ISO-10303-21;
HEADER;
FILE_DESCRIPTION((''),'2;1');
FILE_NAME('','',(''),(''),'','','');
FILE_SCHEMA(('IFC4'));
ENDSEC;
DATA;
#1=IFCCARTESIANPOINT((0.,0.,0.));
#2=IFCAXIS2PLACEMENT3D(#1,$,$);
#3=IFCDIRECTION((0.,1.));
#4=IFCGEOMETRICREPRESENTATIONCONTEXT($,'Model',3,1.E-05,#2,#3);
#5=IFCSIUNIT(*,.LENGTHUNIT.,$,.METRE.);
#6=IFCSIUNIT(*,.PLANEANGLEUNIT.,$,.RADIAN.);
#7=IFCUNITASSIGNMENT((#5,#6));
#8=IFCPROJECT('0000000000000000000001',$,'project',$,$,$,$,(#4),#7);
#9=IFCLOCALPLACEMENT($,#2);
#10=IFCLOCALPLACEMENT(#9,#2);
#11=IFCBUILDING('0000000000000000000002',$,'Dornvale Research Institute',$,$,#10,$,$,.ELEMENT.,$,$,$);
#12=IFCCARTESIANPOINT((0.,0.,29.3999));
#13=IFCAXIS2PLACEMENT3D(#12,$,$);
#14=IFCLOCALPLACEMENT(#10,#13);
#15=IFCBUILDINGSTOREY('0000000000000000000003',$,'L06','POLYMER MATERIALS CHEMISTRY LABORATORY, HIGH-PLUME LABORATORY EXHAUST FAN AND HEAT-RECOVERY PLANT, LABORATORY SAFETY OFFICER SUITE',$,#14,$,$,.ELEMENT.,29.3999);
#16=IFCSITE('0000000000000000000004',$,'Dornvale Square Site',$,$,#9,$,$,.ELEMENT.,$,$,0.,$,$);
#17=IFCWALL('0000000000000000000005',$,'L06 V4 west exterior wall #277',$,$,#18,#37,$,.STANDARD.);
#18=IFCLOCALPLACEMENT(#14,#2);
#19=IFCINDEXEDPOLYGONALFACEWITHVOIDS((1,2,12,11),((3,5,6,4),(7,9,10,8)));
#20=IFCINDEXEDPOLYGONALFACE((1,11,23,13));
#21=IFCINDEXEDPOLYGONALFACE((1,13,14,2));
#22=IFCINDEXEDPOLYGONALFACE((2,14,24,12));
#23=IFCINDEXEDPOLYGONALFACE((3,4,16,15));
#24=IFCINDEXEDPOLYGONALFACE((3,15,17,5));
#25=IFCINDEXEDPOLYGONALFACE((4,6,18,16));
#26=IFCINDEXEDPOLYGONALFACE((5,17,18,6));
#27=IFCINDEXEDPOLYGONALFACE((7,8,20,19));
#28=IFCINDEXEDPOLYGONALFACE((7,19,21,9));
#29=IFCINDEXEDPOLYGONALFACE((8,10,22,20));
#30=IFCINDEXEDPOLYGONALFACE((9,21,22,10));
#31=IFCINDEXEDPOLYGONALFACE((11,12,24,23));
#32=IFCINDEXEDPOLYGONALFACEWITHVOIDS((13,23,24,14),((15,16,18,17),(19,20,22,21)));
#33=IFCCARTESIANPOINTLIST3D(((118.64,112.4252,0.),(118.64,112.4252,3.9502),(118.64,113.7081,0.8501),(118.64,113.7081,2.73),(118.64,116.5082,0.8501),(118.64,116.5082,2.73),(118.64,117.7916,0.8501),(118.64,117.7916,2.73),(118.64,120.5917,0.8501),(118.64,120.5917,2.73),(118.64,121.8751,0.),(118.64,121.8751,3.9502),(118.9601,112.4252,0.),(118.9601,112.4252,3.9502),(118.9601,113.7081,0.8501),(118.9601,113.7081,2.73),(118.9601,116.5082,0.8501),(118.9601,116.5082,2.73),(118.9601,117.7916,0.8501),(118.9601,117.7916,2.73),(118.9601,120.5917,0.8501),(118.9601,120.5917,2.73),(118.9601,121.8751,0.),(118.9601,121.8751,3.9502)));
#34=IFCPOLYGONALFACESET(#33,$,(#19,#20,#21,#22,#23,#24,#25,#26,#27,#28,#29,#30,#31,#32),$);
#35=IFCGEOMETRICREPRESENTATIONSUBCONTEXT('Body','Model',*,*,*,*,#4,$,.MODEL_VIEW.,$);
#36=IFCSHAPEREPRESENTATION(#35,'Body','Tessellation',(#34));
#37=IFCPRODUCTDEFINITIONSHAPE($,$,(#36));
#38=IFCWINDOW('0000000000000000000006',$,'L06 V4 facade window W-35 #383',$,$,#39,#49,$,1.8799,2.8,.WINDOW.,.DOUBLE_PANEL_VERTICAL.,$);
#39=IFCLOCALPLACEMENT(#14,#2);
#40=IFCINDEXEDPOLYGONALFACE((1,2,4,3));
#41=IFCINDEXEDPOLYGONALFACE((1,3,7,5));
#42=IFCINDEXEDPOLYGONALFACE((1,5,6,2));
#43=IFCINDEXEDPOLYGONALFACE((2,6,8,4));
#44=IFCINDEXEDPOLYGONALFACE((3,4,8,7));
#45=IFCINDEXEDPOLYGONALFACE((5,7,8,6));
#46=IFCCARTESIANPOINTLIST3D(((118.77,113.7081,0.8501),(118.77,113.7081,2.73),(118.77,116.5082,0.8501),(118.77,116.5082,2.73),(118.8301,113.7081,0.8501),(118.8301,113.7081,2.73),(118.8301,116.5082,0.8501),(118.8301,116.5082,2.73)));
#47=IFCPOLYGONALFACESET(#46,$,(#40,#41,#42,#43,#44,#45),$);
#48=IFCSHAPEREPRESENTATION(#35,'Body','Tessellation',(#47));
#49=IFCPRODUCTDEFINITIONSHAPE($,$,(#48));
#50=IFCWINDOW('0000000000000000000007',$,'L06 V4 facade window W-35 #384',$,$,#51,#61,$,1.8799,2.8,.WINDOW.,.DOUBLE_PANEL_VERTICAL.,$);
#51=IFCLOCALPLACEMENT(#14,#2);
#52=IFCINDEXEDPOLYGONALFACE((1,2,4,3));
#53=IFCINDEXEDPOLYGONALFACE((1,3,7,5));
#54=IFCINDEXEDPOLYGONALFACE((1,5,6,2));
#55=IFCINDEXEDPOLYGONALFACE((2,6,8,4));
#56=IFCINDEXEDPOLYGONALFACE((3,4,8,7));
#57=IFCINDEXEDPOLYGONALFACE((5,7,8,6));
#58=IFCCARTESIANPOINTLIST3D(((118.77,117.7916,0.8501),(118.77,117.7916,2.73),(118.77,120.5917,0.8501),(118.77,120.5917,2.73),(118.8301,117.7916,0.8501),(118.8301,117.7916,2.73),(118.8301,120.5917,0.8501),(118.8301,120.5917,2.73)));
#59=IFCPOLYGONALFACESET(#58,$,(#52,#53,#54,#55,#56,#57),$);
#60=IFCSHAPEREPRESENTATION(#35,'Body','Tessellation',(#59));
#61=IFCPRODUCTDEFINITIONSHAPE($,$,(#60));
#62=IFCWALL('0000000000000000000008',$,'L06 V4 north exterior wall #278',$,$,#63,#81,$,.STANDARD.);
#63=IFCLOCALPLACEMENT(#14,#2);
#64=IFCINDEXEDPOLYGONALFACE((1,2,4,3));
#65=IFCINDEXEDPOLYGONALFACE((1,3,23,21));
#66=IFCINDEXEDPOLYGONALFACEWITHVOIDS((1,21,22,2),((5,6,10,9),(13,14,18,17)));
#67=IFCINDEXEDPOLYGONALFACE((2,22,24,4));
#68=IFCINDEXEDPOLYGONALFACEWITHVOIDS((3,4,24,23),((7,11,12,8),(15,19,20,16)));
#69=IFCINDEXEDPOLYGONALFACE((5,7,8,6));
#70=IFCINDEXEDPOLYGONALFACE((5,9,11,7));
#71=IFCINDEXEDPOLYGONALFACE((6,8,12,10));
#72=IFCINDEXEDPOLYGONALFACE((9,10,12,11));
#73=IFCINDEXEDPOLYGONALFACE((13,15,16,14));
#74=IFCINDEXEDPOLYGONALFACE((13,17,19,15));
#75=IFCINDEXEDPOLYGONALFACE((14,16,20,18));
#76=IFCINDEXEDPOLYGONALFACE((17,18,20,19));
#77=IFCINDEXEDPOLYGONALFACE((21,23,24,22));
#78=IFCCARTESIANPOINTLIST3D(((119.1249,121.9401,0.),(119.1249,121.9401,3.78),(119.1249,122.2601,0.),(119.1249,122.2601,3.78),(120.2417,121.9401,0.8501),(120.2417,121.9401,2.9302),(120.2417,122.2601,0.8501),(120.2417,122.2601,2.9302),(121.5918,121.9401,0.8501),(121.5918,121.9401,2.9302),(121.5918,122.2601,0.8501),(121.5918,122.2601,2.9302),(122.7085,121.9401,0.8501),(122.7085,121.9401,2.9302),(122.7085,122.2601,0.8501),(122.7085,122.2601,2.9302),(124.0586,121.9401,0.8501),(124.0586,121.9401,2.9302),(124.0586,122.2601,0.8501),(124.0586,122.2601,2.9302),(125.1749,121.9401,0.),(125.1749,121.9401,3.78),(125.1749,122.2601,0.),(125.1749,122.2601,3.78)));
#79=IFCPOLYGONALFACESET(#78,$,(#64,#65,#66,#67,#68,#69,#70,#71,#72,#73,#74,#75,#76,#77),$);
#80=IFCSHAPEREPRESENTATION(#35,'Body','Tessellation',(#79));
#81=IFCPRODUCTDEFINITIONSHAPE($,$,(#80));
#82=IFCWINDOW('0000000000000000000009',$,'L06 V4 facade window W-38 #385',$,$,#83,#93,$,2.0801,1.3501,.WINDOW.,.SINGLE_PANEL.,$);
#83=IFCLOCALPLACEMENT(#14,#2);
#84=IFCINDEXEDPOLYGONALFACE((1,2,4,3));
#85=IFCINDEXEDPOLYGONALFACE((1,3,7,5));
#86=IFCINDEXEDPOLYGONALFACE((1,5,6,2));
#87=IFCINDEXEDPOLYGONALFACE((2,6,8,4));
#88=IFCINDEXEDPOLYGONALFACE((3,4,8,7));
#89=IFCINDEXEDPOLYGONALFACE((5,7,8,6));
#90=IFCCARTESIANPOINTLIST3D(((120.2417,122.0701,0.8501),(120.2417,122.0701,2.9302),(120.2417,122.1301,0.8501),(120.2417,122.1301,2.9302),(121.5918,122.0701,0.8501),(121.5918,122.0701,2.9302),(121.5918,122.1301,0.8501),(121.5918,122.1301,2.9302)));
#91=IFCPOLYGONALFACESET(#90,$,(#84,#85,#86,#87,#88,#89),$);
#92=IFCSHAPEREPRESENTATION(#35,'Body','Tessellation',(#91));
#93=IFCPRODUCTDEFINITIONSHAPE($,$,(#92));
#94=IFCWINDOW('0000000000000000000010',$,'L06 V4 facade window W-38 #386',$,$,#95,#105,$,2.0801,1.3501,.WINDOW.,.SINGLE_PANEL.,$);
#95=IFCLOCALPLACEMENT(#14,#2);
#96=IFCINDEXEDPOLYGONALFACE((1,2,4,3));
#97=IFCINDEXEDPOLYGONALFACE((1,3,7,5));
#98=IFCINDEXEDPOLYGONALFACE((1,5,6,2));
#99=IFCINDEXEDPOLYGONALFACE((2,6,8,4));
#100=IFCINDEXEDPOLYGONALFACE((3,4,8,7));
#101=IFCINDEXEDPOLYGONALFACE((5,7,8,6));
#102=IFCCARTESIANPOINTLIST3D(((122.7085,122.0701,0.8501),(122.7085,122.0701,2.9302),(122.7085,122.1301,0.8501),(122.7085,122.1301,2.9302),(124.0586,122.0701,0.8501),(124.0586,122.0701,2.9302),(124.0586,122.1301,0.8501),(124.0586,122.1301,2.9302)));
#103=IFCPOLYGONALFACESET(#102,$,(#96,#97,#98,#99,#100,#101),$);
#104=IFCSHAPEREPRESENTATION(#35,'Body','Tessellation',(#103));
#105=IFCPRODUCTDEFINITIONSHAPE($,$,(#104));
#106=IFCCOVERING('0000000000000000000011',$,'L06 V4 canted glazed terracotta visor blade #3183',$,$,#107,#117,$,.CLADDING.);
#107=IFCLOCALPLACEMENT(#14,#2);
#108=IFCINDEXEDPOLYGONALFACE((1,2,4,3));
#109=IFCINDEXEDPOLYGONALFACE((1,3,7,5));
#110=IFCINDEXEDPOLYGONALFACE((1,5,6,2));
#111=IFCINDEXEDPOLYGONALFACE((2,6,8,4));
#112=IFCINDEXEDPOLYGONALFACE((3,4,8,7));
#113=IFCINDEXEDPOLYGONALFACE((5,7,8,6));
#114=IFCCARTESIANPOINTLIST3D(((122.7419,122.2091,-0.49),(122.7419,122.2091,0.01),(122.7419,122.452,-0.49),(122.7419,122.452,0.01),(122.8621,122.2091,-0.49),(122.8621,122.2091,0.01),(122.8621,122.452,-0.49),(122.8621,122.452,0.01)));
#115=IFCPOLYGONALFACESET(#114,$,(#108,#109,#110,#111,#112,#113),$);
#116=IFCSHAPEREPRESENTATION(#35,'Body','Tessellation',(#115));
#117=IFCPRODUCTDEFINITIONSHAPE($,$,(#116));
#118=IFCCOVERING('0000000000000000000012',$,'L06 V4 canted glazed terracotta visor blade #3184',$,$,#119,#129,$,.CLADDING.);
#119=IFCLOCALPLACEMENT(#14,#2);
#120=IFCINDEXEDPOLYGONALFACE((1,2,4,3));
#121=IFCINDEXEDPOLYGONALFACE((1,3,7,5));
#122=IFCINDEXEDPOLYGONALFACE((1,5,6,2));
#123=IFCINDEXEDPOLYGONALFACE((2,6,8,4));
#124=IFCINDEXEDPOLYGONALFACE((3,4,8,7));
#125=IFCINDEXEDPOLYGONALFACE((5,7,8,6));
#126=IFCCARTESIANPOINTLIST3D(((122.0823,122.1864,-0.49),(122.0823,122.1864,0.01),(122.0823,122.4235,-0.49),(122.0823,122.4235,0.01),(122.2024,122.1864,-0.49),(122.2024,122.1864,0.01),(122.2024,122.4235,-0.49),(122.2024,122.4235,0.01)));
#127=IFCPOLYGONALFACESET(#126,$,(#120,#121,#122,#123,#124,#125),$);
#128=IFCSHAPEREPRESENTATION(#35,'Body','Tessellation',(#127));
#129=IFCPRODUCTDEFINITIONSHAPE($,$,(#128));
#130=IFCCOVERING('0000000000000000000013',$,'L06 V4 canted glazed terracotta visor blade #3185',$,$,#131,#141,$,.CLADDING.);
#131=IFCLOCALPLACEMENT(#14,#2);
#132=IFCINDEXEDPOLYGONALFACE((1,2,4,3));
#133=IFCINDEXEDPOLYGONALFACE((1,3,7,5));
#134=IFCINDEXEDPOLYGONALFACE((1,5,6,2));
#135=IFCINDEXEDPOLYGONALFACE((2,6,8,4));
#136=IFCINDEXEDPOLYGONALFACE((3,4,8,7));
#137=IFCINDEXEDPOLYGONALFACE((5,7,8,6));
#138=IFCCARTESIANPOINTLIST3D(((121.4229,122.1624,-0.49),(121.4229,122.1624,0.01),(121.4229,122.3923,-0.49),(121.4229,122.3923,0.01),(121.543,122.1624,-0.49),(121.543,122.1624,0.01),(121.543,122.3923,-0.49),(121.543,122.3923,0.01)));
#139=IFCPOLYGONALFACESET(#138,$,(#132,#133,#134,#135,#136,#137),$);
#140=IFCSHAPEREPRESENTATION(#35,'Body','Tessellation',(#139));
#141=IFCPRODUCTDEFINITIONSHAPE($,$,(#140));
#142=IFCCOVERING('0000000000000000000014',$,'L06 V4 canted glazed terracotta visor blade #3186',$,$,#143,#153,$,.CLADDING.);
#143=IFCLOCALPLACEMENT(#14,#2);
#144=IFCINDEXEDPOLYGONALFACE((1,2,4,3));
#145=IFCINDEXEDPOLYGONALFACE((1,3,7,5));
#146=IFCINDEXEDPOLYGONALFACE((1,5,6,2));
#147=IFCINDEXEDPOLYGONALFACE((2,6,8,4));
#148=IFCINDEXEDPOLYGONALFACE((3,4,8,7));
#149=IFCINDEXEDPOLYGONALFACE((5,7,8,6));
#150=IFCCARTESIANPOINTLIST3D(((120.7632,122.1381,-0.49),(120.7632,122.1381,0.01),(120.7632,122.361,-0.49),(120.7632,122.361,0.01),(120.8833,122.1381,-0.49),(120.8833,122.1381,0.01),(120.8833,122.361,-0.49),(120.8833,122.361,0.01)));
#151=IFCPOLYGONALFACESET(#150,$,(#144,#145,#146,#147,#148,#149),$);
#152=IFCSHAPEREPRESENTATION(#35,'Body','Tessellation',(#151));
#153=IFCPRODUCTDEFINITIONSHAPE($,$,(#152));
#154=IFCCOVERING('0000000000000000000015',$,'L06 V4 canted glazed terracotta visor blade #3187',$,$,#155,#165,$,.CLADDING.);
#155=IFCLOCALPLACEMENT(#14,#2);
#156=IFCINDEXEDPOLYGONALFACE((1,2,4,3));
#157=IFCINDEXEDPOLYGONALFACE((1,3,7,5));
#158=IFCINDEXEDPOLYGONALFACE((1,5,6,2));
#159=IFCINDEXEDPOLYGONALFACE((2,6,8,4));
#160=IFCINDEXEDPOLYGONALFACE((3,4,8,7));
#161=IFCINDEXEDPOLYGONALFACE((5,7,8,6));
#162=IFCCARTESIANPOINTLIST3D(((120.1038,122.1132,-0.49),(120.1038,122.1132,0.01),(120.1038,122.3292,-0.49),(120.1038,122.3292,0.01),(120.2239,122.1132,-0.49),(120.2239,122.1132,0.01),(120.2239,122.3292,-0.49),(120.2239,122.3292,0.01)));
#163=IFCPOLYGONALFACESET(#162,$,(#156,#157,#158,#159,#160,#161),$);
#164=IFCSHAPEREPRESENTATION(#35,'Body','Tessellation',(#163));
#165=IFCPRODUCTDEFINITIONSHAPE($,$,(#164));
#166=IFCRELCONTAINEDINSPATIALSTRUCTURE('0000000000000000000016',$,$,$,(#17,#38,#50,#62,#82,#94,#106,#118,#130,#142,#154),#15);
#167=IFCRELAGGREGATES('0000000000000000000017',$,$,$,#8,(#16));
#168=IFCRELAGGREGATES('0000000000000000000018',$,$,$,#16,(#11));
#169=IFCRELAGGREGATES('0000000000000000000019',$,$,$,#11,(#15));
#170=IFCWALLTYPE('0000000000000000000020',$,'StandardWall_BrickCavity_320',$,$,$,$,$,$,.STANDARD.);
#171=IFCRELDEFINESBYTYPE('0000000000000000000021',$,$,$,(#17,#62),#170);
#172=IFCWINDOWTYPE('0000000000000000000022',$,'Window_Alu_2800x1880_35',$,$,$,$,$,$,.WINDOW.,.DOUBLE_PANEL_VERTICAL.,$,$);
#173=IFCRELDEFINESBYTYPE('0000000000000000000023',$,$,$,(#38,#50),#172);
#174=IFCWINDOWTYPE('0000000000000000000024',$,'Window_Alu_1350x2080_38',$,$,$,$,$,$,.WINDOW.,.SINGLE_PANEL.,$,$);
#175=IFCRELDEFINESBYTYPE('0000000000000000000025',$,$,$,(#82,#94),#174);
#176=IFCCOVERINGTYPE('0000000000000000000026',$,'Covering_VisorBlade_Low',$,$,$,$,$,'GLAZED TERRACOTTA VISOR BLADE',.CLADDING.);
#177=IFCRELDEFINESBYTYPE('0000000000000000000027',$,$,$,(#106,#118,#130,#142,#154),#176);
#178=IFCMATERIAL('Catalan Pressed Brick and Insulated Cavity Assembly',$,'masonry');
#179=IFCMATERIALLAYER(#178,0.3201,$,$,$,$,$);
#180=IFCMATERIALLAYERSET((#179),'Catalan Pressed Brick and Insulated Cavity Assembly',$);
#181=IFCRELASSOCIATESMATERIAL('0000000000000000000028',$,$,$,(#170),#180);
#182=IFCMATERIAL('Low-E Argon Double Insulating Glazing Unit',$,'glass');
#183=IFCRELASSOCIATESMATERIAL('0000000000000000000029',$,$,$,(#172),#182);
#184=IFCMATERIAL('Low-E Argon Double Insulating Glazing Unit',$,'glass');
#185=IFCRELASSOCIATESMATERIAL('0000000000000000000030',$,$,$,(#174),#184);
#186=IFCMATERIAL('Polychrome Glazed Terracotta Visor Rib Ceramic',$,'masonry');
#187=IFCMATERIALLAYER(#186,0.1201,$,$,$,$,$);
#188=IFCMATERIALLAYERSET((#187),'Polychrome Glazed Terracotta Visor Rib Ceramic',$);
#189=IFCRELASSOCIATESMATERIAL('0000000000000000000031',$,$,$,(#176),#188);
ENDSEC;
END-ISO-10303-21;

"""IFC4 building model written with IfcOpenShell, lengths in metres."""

from ifc_helpers import new_model, si_unit, direction, frame, frame_2d, origin, origin_2d, place, context, subcontext, project, spatial, rectangle, extrude, material, layer, layer_set, type_object, element, fill, save


model = new_model("IFC4")

# Units and contexts
model_context = context("Model", 3, precision=1e-05, world=origin(), true_north=direction((0.0, 1.0)))
body_context = subcontext(model_context, "Body", "Model", "MODEL_VIEW")
ifc_project = project(units=[si_unit("LENGTHUNIT", "METRE"), si_unit("PLANEANGLEUNIT", "RADIAN")], contexts=[model_context])

# Site, building, storey
site_placement = place(None, origin())
site = spatial("IfcSite", under=ifc_project, at=site_placement, Name="Dornvale Square Site", CompositionType="ELEMENT", RefElevation=0.0)
building_placement = place(site_placement, origin())
building = spatial("IfcBuilding", under=site, at=building_placement, Name="Dornvale Research Institute", CompositionType="ELEMENT")
storey_placement = place(building_placement, frame((0.0, 0.0, 29.3999)))
storey = spatial("IfcBuildingStorey", under=building, at=storey_placement, Name="L06", Description="POLYMER MATERIALS CHEMISTRY LABORATORY, HIGH-PLUME LABORATORY EXHAUST FAN AND HEAT-RECOVERY PLANT, LABORATORY SAFETY OFFICER SUITE", CompositionType="ELEMENT", Elevation=29.3999)

# Walls, openings, windows
ifc_material_1 = material(Name="Catalan Pressed Brick and Insulated Cavity Assembly", Category="masonry")
ifc_layer_1 = layer(ifc_material_1, 0.3201)
ifc_layer_set_1 = layer_set([ifc_layer_1], Name="Catalan Pressed Brick and Insulated Cavity Assembly")
wall_type_1 = type_object("IfcWallType", Name="StandardWall_BrickCavity_320", PredefinedType="STANDARD", material=ifc_layer_set_1)
wall_1_placement = place(storey_placement, frame((118.8, 112.425, 0.0), z_axis=(0.0, 0.0, 1.0), x_axis=(0.0, 1.0, 0.0)))
wall_1 = element("IfcWall", 1, at=wall_1_placement, inside=storey, type_object=wall_type_1, Name="L06 V4 west exterior wall #277", PredefinedType="STANDARD", context=body_context, shape_type="SweptSolid", body=[
    extrude(rectangle(XDim=9.45, YDim=0.3201, at=frame_2d((4.7251, 0.0))), origin(), (0.0, 0.0, 1.0), 3.9502),
])
opening_1_placement = place(wall_1_placement, frame((1.2832, 0.0, 0.8501)))
opening_1 = element("IfcOpeningElement", 2, at=opening_1_placement, cuts=wall_1, PredefinedType="OPENING", context=body_context, shape_type="SweptSolid", body=[
    extrude(rectangle(XDim=2.8, YDim=1.8799, at=frame_2d((1.3999, 0.9399))), frame((0.0, 0.175, 0.0), z_axis=(0.0, -1.0, 0.0), x_axis=(1.0, 0.0, 0.0)), (0.0, 0.0, 1.0), 0.3501),
])
opening_2_placement = place(wall_1_placement, frame((5.3667, 0.0, 0.8501)))
opening_2 = element("IfcOpeningElement", 3, at=opening_2_placement, cuts=wall_1, PredefinedType="OPENING", context=body_context, shape_type="SweptSolid", body=[
    extrude(rectangle(XDim=2.8, YDim=1.8799, at=frame_2d((1.3999, 0.9399))), frame((0.0, 0.175, 0.0), z_axis=(0.0, -1.0, 0.0), x_axis=(1.0, 0.0, 0.0)), (0.0, 0.0, 1.0), 0.3501),
])
ifc_material_2 = material(Name="Low-E Argon Double Insulating Glazing Unit", Category="glass")
window_type_1 = type_object("IfcWindowType", Name="Window_Alu_2800x1880_35", PartitioningType="DOUBLE_PANEL_VERTICAL", PredefinedType="WINDOW", material=ifc_material_2)
window_1_placement = place(opening_1_placement, origin())
window_1 = element("IfcWindow", 4, at=window_1_placement, inside=storey, type_object=window_type_1, Name="L06 V4 facade window W-35 #383", OverallHeight=1.8799, OverallWidth=2.8, PartitioningType="DOUBLE_PANEL_VERTICAL", PredefinedType="WINDOW", context=body_context, shape_type="SweptSolid", body=[
    extrude(rectangle(XDim=2.8, YDim=1.8799, at=frame_2d((1.3999, 0.9399))), frame((0.0, 0.03, 0.0), z_axis=(0.0, -1.0, 0.0), x_axis=(1.0, 0.0, 0.0)), (0.0, 0.0, 1.0), 0.0601),
])
fill(opening_1, window_1)
window_2_placement = place(opening_2_placement, origin())
window_2 = element("IfcWindow", 5, at=window_2_placement, inside=storey, type_object=window_type_1, Name="L06 V4 facade window W-35 #384", OverallHeight=1.8799, OverallWidth=2.8, PartitioningType="DOUBLE_PANEL_VERTICAL", PredefinedType="WINDOW", context=body_context, shape_type="SweptSolid", body=[
    extrude(rectangle(XDim=2.8, YDim=1.8799, at=frame_2d((1.3999, 0.9399))), frame((0.0, 0.03, 0.0), z_axis=(0.0, -1.0, 0.0), x_axis=(1.0, 0.0, 0.0)), (0.0, 0.0, 1.0), 0.0601),
])
fill(opening_2, window_2)
wall_2_placement = place(storey_placement, frame((119.125, 122.1001, 0.0), z_axis=(0.0, 0.0, 1.0), x_axis=(1.0, 0.0, 0.0)))
wall_2 = element("IfcWall", 6, at=wall_2_placement, inside=storey, type_object=wall_type_1, Name="L06 V4 north exterior wall #278", PredefinedType="STANDARD", context=body_context, shape_type="SweptSolid", body=[
    extrude(rectangle(XDim=6.05, YDim=0.3201, at=frame_2d((3.0249, 0.0))), origin(), (0.0, 0.0, 1.0), 3.78),
])
opening_3_placement = place(wall_2_placement, frame((1.1167, 0.0, 0.8501)))
opening_3 = element("IfcOpeningElement", 7, at=opening_3_placement, cuts=wall_2, PredefinedType="OPENING", context=body_context, shape_type="SweptSolid", body=[
    extrude(rectangle(XDim=1.3501, YDim=2.0801, at=frame_2d((0.675, 1.04))), frame((0.0, 0.175, 0.0), z_axis=(0.0, -1.0, 0.0), x_axis=(1.0, 0.0, 0.0)), (0.0, 0.0, 1.0), 0.3501),
])
opening_4_placement = place(wall_2_placement, frame((3.5835, 0.0, 0.8501)))
opening_4 = element("IfcOpeningElement", 8, at=opening_4_placement, cuts=wall_2, PredefinedType="OPENING", context=body_context, shape_type="SweptSolid", body=[
    extrude(rectangle(XDim=1.3501, YDim=2.0801, at=frame_2d((0.675, 1.04))), frame((0.0, 0.175, 0.0), z_axis=(0.0, -1.0, 0.0), x_axis=(1.0, 0.0, 0.0)), (0.0, 0.0, 1.0), 0.3501),
])
ifc_material_3 = material(Name="Low-E Argon Double Insulating Glazing Unit", Category="glass")
window_type_2 = type_object("IfcWindowType", Name="Window_Alu_1350x2080_38", PartitioningType="SINGLE_PANEL", PredefinedType="WINDOW", material=ifc_material_3)
window_3_placement = place(opening_3_placement, origin())
window_3 = element("IfcWindow", 9, at=window_3_placement, inside=storey, type_object=window_type_2, Name="L06 V4 facade window W-38 #385", OverallHeight=2.0801, OverallWidth=1.3501, PartitioningType="SINGLE_PANEL", PredefinedType="WINDOW", context=body_context, shape_type="SweptSolid", body=[
    extrude(rectangle(XDim=1.3501, YDim=2.0801, at=frame_2d((0.675, 1.04))), frame((0.0, 0.03, 0.0), z_axis=(0.0, -1.0, 0.0), x_axis=(1.0, 0.0, 0.0)), (0.0, 0.0, 1.0), 0.0601),
])
fill(opening_3, window_3)
window_4_placement = place(opening_4_placement, origin())
window_4 = element("IfcWindow", 10, at=window_4_placement, inside=storey, type_object=window_type_2, Name="L06 V4 facade window W-38 #386", OverallHeight=2.0801, OverallWidth=1.3501, PartitioningType="SINGLE_PANEL", PredefinedType="WINDOW", context=body_context, shape_type="SweptSolid", body=[
    extrude(rectangle(XDim=1.3501, YDim=2.0801, at=frame_2d((0.675, 1.04))), frame((0.0, 0.03, 0.0), z_axis=(0.0, -1.0, 0.0), x_axis=(1.0, 0.0, 0.0)), (0.0, 0.0, 1.0), 0.0601),
])
fill(opening_4, window_4)

# Coverings
ifc_material_4 = material(Name="Polychrome Glazed Terracotta Visor Rib Ceramic", Category="masonry")
ifc_layer_2 = layer(ifc_material_4, 0.1201)
ifc_layer_set_2 = layer_set([ifc_layer_2], Name="Polychrome Glazed Terracotta Visor Rib Ceramic")
covering_type = type_object("IfcCoveringType", Name="Covering_VisorBlade_Low", ElementType="GLAZED TERRACOTTA VISOR BLADE", PredefinedType="CLADDING", material=ifc_layer_set_2)
covering_1_placement = place(storey_placement, frame((122.802, 122.3306, -0.49), z_axis=(0.0, 0.0, 1.0), x_axis=(0.0, 1.0, 0.0)))
element("IfcCovering", 11, at=covering_1_placement, inside=storey, type_object=covering_type, Name="L06 V4 canted glazed terracotta visor blade #3183", PredefinedType="CLADDING", context=body_context, shape_type="SweptSolid", body=[
    extrude(rectangle(XDim=0.2429, YDim=0.1201, at=origin_2d()), origin(), (0.0, 0.0, 1.0), 0.5),
])
covering_2_placement = place(storey_placement, frame((122.1423, 122.3049, -0.49), z_axis=(0.0, 0.0, 1.0), x_axis=(0.0, 1.0, 0.0)))
element("IfcCovering", 12, at=covering_2_placement, inside=storey, type_object=covering_type, Name="L06 V4 canted glazed terracotta visor blade #3184", PredefinedType="CLADDING", context=body_context, shape_type="SweptSolid", body=[
    extrude(rectangle(XDim=0.2371, YDim=0.1201, at=origin_2d()), origin(), (0.0, 0.0, 1.0), 0.5),
])
covering_3_placement = place(storey_placement, frame((121.4829, 122.2773, -0.49), z_axis=(0.0, 0.0, 1.0), x_axis=(0.0, 1.0, 0.0)))
element("IfcCovering", 13, at=covering_3_placement, inside=storey, type_object=covering_type, Name="L06 V4 canted glazed terracotta visor blade #3185", PredefinedType="CLADDING", context=body_context, shape_type="SweptSolid", body=[
    extrude(rectangle(XDim=0.23, YDim=0.1201, at=origin_2d()), origin(), (0.0, 0.0, 1.0), 0.5),
])
covering_4_placement = place(storey_placement, frame((120.8232, 122.2495, -0.49), z_axis=(0.0, 0.0, 1.0), x_axis=(0.0, 1.0, 0.0)))
element("IfcCovering", 14, at=covering_4_placement, inside=storey, type_object=covering_type, Name="L06 V4 canted glazed terracotta visor blade #3186", PredefinedType="CLADDING", context=body_context, shape_type="SweptSolid", body=[
    extrude(rectangle(XDim=0.2229, YDim=0.1201, at=origin_2d()), origin(), (0.0, 0.0, 1.0), 0.5),
])
covering_5_placement = place(storey_placement, frame((120.1638, 122.2212, -0.49), z_axis=(0.0, 0.0, 1.0), x_axis=(0.0, 1.0, 0.0)))
element("IfcCovering", 15, at=covering_5_placement, inside=storey, type_object=covering_type, Name="L06 V4 canted glazed terracotta visor blade #3187", PredefinedType="CLADDING", context=body_context, shape_type="SweptSolid", body=[
    extrude(rectangle(XDim=0.2161, YDim=0.1201, at=origin_2d()), origin(), (0.0, 0.0, 1.0), 0.5),
])

save(model, "model.ifc")
